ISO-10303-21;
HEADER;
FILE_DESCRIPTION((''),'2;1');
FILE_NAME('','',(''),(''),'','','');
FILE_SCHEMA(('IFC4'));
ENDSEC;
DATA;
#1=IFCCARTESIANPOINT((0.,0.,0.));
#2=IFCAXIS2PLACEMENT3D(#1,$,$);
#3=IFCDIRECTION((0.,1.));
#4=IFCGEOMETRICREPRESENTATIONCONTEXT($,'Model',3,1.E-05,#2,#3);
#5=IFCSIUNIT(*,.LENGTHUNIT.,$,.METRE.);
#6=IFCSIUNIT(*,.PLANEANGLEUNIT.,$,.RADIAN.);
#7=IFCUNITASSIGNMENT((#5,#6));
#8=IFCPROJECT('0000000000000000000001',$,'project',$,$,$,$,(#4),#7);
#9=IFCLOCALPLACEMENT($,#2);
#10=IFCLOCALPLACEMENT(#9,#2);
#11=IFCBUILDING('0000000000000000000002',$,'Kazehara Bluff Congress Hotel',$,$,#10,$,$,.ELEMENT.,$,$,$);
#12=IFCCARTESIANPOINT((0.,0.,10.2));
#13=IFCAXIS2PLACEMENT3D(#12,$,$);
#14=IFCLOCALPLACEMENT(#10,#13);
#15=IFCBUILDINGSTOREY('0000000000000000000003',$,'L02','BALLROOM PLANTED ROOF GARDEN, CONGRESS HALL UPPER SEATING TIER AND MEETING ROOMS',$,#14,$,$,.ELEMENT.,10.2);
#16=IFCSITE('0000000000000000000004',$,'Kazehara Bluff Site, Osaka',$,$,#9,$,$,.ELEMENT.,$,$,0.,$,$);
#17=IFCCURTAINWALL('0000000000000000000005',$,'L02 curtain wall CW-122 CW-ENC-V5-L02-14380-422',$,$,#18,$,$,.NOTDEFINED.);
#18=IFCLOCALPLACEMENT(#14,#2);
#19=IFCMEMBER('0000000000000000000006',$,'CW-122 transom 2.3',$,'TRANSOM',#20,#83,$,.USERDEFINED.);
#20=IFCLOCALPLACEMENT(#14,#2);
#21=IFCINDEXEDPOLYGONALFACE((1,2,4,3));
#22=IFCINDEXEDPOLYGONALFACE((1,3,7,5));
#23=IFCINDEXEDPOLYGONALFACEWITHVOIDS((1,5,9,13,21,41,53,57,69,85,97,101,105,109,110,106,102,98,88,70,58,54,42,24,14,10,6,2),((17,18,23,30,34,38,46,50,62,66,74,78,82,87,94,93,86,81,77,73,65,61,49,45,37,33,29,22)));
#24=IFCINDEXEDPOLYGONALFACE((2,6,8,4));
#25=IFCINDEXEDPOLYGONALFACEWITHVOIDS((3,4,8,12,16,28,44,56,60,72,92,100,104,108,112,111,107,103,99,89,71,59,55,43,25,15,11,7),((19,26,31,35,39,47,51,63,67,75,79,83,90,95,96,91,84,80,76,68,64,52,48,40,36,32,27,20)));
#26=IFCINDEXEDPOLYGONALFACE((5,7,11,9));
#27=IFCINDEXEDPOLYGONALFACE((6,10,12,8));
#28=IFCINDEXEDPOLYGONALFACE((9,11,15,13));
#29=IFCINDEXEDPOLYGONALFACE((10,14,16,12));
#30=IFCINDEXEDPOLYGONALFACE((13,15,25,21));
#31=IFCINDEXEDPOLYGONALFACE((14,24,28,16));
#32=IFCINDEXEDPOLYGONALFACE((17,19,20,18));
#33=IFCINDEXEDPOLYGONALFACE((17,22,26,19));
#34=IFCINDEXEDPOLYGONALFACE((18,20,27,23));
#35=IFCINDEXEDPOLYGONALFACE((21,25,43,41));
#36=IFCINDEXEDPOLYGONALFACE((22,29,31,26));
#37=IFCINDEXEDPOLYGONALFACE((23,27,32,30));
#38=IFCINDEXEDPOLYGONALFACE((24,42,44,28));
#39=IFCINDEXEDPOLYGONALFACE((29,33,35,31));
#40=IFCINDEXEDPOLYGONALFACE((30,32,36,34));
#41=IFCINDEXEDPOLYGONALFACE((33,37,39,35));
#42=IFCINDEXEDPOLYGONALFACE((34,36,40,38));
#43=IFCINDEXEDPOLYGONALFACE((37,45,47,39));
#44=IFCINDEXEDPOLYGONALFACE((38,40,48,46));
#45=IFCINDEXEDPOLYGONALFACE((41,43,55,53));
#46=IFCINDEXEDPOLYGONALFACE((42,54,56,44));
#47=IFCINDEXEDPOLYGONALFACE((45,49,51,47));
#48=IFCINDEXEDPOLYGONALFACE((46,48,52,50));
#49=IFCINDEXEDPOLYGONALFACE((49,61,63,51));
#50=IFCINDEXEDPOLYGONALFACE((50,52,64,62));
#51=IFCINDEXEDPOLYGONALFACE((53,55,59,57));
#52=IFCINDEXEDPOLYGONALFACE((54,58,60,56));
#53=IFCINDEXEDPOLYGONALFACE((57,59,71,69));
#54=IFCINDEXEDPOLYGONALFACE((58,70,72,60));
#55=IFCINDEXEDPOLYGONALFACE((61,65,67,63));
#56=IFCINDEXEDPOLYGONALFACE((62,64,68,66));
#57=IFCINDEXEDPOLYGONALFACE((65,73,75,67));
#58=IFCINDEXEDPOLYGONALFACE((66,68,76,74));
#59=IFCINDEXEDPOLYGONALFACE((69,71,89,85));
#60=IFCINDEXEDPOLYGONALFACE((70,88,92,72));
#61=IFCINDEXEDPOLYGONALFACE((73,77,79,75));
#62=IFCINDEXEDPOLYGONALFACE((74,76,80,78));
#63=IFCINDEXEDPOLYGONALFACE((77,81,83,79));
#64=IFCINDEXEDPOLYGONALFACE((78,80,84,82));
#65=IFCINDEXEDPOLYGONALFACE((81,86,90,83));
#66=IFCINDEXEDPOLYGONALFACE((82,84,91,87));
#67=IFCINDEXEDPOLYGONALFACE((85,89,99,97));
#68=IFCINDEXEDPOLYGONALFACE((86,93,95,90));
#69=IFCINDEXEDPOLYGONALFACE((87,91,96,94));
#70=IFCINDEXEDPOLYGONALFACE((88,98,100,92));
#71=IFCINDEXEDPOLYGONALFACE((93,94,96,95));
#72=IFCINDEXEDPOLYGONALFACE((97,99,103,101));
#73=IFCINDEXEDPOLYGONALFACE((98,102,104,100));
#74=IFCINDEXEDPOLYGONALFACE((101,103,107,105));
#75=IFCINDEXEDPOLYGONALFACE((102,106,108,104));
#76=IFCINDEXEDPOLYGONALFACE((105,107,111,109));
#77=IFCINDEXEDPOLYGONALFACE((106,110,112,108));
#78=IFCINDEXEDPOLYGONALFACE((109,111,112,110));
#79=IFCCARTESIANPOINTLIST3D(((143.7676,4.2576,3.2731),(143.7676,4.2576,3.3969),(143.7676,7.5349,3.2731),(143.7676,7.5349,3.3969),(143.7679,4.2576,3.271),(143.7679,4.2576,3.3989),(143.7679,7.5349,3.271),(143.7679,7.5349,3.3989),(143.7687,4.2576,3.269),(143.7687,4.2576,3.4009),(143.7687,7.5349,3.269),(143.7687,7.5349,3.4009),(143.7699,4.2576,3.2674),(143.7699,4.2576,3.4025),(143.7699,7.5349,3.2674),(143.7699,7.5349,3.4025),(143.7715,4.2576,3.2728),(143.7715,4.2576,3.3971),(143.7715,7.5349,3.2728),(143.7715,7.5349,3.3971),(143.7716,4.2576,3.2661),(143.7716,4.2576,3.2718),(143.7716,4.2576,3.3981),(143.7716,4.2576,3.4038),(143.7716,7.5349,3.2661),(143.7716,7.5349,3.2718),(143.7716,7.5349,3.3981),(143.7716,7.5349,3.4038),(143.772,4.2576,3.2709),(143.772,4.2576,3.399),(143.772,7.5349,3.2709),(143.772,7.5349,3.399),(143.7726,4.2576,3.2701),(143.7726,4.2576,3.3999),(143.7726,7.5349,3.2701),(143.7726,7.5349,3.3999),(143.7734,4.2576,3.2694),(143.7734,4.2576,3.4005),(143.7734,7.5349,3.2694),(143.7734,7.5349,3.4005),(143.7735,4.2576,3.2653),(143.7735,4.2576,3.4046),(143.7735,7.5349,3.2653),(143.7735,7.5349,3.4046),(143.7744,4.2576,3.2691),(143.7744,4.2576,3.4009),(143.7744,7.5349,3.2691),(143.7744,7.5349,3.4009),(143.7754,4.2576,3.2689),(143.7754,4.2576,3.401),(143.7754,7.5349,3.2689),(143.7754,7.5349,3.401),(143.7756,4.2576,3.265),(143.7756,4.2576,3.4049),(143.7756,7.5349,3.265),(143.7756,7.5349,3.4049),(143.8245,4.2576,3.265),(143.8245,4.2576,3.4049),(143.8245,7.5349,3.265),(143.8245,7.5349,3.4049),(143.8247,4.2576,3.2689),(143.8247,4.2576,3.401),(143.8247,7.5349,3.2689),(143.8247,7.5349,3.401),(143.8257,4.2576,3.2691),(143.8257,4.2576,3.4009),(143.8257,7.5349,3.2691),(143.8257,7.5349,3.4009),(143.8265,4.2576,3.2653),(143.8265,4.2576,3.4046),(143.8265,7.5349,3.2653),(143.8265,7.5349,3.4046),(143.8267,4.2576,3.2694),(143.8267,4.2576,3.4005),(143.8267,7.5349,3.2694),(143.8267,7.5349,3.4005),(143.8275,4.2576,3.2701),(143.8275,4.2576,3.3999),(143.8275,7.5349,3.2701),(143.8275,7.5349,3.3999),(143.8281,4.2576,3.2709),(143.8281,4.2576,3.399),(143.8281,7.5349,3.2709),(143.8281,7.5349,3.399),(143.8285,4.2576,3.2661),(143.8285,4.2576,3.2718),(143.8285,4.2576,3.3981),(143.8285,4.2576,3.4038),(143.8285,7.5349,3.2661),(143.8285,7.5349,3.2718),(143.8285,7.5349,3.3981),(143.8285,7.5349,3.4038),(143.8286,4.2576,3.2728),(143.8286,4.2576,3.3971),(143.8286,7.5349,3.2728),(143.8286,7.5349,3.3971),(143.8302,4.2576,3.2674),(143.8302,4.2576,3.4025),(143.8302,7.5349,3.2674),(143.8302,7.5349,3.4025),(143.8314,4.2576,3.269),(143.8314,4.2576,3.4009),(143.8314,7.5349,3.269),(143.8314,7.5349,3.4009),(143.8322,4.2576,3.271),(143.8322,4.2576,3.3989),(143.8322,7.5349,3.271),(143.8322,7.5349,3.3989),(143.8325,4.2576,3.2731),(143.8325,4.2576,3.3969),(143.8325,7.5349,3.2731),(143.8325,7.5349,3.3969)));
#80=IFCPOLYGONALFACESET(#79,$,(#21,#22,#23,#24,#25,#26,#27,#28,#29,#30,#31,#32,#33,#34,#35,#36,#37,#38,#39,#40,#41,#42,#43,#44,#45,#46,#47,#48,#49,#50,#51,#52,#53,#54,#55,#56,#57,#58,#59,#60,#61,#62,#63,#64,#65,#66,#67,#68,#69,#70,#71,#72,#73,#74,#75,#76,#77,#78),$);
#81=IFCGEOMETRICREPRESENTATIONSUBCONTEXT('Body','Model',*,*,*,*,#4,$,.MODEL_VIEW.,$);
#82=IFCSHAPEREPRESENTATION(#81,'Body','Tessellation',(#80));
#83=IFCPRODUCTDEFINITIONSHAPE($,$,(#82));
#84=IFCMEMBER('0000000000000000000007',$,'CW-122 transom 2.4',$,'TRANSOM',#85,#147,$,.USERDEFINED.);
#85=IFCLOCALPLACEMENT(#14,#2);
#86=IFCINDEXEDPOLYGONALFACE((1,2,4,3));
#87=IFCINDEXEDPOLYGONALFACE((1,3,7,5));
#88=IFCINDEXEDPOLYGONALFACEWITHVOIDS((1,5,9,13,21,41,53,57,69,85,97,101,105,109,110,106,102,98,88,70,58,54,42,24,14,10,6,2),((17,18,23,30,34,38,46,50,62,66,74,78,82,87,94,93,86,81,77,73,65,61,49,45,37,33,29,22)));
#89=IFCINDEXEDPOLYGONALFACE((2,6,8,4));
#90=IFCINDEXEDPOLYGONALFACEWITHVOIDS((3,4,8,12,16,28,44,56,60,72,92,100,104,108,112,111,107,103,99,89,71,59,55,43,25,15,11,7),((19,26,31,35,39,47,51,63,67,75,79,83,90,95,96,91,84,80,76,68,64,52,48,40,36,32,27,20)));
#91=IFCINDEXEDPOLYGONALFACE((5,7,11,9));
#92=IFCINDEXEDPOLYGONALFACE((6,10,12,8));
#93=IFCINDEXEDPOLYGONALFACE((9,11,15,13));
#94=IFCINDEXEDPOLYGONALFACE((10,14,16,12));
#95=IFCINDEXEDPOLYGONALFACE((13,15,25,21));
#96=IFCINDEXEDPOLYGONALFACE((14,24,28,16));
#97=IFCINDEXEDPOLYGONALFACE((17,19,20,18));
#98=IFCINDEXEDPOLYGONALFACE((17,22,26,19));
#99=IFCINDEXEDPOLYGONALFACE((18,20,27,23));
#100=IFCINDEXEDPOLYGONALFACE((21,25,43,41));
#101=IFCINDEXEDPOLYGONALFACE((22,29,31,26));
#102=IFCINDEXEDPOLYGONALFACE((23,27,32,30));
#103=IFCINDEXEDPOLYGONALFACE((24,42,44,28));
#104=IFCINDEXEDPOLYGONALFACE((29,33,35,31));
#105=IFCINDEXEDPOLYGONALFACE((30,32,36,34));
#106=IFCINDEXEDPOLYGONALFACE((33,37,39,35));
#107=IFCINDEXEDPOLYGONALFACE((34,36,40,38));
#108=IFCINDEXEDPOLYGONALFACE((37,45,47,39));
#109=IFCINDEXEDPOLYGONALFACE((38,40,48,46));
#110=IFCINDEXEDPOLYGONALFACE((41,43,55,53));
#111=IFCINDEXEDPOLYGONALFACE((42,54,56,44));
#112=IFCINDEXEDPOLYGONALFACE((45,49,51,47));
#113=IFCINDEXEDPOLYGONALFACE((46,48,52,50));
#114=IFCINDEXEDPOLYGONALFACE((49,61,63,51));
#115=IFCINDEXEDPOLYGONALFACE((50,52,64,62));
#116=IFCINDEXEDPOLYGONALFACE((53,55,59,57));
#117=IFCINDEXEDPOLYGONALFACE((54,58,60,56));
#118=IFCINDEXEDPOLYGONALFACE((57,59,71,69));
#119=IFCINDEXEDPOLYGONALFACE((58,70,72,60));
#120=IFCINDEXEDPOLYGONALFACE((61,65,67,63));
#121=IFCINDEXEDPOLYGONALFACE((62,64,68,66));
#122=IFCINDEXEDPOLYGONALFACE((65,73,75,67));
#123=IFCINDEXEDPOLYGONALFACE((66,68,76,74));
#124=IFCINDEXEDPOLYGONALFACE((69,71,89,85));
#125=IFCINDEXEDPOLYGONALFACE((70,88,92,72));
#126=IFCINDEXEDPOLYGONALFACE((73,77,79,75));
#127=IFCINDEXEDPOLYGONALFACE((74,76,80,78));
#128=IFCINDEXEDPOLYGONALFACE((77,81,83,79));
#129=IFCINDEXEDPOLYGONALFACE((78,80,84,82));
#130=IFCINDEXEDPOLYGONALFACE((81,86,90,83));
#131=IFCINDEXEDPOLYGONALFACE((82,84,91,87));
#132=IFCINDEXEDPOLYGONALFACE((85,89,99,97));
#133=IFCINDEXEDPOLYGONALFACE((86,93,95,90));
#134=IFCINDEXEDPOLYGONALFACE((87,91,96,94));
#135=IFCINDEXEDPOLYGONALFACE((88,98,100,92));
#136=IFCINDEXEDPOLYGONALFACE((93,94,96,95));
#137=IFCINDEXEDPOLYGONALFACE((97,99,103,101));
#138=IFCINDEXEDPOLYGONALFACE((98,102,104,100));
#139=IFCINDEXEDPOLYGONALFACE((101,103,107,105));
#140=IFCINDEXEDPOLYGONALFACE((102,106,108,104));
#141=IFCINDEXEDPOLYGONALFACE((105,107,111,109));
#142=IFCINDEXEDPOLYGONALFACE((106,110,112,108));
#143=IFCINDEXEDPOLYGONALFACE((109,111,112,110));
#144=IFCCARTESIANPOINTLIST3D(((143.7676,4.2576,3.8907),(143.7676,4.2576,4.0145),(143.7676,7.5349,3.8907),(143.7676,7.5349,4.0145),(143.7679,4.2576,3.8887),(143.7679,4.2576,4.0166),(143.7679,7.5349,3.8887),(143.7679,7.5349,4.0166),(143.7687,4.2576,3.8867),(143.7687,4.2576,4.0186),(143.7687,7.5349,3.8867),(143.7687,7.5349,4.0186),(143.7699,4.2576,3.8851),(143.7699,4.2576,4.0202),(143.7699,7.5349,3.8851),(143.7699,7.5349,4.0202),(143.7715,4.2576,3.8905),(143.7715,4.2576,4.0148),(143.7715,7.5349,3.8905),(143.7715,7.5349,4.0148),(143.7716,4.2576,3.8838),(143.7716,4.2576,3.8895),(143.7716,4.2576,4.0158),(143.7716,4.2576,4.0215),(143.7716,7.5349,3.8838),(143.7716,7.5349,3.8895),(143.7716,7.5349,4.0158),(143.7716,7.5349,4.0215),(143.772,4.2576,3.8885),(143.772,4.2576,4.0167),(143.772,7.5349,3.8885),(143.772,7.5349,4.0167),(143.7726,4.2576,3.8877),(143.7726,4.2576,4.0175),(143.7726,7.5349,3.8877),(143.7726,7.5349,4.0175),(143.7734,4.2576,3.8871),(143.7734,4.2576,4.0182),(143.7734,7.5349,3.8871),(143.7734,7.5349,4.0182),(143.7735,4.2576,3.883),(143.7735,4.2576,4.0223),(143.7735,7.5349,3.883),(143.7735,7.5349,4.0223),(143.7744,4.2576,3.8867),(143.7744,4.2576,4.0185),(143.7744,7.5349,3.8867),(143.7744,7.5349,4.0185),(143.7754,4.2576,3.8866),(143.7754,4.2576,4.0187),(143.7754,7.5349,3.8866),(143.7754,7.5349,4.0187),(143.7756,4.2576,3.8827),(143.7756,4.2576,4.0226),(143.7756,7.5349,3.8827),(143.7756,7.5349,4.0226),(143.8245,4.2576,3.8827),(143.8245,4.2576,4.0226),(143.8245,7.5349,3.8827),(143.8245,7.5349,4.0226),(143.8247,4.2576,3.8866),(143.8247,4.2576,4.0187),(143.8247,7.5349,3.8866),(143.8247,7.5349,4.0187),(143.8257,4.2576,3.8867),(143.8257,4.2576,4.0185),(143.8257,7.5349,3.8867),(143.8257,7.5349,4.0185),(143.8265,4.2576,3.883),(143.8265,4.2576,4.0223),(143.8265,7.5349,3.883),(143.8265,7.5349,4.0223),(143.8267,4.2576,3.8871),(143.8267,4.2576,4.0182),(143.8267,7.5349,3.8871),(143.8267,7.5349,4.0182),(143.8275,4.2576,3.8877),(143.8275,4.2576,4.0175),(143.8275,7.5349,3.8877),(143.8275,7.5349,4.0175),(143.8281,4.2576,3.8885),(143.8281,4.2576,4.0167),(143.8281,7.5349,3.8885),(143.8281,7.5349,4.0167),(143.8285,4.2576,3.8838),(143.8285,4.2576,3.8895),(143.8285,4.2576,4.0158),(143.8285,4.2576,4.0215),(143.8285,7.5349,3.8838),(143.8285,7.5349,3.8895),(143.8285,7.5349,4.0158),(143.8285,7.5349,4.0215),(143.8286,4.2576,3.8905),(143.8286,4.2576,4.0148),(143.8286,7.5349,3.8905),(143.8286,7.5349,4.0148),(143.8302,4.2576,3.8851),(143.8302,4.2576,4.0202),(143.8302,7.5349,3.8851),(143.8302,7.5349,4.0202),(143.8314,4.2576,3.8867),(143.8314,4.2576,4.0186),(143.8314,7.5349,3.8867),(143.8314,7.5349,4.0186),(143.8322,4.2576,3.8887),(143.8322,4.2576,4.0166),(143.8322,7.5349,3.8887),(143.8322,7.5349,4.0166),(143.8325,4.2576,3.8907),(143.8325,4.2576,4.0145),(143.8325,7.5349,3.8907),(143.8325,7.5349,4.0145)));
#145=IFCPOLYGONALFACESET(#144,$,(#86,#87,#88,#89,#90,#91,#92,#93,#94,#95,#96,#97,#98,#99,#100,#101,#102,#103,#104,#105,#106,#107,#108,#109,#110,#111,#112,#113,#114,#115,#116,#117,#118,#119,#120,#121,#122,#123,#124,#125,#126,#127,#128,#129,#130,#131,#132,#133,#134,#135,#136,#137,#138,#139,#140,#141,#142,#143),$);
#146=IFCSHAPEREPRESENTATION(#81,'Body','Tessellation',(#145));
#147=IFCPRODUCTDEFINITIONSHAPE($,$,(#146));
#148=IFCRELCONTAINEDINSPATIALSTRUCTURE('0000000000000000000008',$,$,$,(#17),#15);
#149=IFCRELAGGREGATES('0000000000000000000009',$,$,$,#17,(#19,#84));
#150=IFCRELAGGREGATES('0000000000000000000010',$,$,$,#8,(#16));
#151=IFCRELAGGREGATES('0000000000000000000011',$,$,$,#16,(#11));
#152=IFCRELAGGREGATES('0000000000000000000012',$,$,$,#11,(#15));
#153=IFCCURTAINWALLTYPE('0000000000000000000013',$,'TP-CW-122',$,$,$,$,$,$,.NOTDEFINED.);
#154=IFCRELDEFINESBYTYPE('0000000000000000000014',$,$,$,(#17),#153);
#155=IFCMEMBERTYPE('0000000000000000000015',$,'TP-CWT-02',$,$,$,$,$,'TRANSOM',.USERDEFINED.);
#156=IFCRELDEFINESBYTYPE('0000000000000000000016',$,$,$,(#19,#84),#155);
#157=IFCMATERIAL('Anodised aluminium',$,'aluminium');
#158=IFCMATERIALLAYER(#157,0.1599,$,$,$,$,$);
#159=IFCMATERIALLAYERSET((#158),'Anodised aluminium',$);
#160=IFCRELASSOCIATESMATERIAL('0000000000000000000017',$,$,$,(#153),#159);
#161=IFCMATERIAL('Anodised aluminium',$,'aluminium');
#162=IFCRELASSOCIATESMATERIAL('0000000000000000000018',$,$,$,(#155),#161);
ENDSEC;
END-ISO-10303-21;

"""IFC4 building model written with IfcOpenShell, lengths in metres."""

from ifc_helpers import new_model, si_unit, direction, frame, origin, origin_2d, place, context, subcontext, project, spatial, hollow_rectangle, extrude, material, layer, layer_set, material_profile, profile_set, type_object, element, aggregate, save


model = new_model("IFC4")

# Units and contexts
model_context = context("Model", 3, precision=1e-05, world=origin(), true_north=direction((0.0, 1.0)))
body_context = subcontext(model_context, "Body", "Model", "MODEL_VIEW")
ifc_project = project(units=[si_unit("LENGTHUNIT", "METRE"), si_unit("PLANEANGLEUNIT", "RADIAN")], contexts=[model_context])

# Site, building, storey
site_placement = place(None, origin())
site = spatial("IfcSite", under=ifc_project, at=site_placement, Name="Kazehara Bluff Site, Osaka", CompositionType="ELEMENT", RefElevation=0.0)
building_placement = place(site_placement, origin())
building = spatial("IfcBuilding", under=site, at=building_placement, Name="Kazehara Bluff Congress Hotel", CompositionType="ELEMENT")
storey_placement = place(building_placement, frame((0.0, 0.0, 10.2)))
storey = spatial("IfcBuildingStorey", under=building, at=storey_placement, Name="L02", Description="BALLROOM PLANTED ROOF GARDEN, CONGRESS HALL UPPER SEATING TIER AND MEETING ROOMS", CompositionType="ELEMENT", Elevation=10.2)

# Curtain wall
ifc_material_1 = material(Name="Anodised aluminium", Category="aluminium")
ifc_layer_1 = layer(ifc_material_1, 0.1599)
ifc_layer_set_1 = layer_set([ifc_layer_1], Name="Anodised aluminium")
curtain_wall_type_1 = type_object("IfcCurtainWallType", Name="TP-CW-122", PredefinedType="NOTDEFINED", material=ifc_layer_set_1)
curtain_wall_1_placement = place(storey_placement, origin())
curtain_wall_1 = element("IfcCurtainWall", 1, at=curtain_wall_1_placement, inside=storey, type_object=curtain_wall_type_1, Name="L02 curtain wall CW-122 CW-ENC-V5-L02-14380-422", PredefinedType="NOTDEFINED")

# Members
ifc_material_2 = material(Name="Anodised aluminium", Category="aluminium")
ifc_material_profile_1 = material_profile(ifc_material_2, hollow_rectangle(XDim=0.0649, YDim=0.1399, WallThickness=0.0039, InnerFilletRadius=0.0039, OuterFilletRadius=0.0081, at=origin_2d()))
ifc_profile_set_1 = profile_set([ifc_material_profile_1], Name="Anodised aluminium")
member_type_1 = type_object("IfcMemberType", Name="TP-CWT-02", ElementType="TRANSOM", PredefinedType="USERDEFINED", material=ifc_profile_set_1)
member_1_placement = place(storey_placement, frame((143.8, 4.2576, 3.335), z_axis=(0.0, 1.0, 0.0), x_axis=(-1.0, 0.0, 0.0)))
member_1 = element("IfcMember", 2, at=member_1_placement, type_object=member_type_1, Name="CW-122 transom 2.3", ObjectType="TRANSOM", PredefinedType="USERDEFINED", context=body_context, shape_type="SweptSolid", body=[
    extrude(hollow_rectangle(XDim=0.0649, YDim=0.1399, WallThickness=0.0039, InnerFilletRadius=0.0039, OuterFilletRadius=0.0081, at=origin_2d()), origin(), (0.0, 0.0, 1.0), 3.2773),
])
member_2_placement = place(storey_placement, frame((143.8, 4.2576, 3.9526), z_axis=(0.0, 1.0, 0.0), x_axis=(-1.0, 0.0, 0.0)))
member_2 = element("IfcMember", 3, at=member_2_placement, type_object=member_type_1, Name="CW-122 transom 2.4", ObjectType="TRANSOM", PredefinedType="USERDEFINED", context=body_context, shape_type="SweptSolid", body=[
    extrude(hollow_rectangle(XDim=0.0649, YDim=0.1399, WallThickness=0.0039, InnerFilletRadius=0.0039, OuterFilletRadius=0.0081, at=origin_2d()), origin(), (0.0, 0.0, 1.0), 3.2773),
])

aggregate(curtain_wall_1, [member_1, member_2])

save(model, "model.ifc")
